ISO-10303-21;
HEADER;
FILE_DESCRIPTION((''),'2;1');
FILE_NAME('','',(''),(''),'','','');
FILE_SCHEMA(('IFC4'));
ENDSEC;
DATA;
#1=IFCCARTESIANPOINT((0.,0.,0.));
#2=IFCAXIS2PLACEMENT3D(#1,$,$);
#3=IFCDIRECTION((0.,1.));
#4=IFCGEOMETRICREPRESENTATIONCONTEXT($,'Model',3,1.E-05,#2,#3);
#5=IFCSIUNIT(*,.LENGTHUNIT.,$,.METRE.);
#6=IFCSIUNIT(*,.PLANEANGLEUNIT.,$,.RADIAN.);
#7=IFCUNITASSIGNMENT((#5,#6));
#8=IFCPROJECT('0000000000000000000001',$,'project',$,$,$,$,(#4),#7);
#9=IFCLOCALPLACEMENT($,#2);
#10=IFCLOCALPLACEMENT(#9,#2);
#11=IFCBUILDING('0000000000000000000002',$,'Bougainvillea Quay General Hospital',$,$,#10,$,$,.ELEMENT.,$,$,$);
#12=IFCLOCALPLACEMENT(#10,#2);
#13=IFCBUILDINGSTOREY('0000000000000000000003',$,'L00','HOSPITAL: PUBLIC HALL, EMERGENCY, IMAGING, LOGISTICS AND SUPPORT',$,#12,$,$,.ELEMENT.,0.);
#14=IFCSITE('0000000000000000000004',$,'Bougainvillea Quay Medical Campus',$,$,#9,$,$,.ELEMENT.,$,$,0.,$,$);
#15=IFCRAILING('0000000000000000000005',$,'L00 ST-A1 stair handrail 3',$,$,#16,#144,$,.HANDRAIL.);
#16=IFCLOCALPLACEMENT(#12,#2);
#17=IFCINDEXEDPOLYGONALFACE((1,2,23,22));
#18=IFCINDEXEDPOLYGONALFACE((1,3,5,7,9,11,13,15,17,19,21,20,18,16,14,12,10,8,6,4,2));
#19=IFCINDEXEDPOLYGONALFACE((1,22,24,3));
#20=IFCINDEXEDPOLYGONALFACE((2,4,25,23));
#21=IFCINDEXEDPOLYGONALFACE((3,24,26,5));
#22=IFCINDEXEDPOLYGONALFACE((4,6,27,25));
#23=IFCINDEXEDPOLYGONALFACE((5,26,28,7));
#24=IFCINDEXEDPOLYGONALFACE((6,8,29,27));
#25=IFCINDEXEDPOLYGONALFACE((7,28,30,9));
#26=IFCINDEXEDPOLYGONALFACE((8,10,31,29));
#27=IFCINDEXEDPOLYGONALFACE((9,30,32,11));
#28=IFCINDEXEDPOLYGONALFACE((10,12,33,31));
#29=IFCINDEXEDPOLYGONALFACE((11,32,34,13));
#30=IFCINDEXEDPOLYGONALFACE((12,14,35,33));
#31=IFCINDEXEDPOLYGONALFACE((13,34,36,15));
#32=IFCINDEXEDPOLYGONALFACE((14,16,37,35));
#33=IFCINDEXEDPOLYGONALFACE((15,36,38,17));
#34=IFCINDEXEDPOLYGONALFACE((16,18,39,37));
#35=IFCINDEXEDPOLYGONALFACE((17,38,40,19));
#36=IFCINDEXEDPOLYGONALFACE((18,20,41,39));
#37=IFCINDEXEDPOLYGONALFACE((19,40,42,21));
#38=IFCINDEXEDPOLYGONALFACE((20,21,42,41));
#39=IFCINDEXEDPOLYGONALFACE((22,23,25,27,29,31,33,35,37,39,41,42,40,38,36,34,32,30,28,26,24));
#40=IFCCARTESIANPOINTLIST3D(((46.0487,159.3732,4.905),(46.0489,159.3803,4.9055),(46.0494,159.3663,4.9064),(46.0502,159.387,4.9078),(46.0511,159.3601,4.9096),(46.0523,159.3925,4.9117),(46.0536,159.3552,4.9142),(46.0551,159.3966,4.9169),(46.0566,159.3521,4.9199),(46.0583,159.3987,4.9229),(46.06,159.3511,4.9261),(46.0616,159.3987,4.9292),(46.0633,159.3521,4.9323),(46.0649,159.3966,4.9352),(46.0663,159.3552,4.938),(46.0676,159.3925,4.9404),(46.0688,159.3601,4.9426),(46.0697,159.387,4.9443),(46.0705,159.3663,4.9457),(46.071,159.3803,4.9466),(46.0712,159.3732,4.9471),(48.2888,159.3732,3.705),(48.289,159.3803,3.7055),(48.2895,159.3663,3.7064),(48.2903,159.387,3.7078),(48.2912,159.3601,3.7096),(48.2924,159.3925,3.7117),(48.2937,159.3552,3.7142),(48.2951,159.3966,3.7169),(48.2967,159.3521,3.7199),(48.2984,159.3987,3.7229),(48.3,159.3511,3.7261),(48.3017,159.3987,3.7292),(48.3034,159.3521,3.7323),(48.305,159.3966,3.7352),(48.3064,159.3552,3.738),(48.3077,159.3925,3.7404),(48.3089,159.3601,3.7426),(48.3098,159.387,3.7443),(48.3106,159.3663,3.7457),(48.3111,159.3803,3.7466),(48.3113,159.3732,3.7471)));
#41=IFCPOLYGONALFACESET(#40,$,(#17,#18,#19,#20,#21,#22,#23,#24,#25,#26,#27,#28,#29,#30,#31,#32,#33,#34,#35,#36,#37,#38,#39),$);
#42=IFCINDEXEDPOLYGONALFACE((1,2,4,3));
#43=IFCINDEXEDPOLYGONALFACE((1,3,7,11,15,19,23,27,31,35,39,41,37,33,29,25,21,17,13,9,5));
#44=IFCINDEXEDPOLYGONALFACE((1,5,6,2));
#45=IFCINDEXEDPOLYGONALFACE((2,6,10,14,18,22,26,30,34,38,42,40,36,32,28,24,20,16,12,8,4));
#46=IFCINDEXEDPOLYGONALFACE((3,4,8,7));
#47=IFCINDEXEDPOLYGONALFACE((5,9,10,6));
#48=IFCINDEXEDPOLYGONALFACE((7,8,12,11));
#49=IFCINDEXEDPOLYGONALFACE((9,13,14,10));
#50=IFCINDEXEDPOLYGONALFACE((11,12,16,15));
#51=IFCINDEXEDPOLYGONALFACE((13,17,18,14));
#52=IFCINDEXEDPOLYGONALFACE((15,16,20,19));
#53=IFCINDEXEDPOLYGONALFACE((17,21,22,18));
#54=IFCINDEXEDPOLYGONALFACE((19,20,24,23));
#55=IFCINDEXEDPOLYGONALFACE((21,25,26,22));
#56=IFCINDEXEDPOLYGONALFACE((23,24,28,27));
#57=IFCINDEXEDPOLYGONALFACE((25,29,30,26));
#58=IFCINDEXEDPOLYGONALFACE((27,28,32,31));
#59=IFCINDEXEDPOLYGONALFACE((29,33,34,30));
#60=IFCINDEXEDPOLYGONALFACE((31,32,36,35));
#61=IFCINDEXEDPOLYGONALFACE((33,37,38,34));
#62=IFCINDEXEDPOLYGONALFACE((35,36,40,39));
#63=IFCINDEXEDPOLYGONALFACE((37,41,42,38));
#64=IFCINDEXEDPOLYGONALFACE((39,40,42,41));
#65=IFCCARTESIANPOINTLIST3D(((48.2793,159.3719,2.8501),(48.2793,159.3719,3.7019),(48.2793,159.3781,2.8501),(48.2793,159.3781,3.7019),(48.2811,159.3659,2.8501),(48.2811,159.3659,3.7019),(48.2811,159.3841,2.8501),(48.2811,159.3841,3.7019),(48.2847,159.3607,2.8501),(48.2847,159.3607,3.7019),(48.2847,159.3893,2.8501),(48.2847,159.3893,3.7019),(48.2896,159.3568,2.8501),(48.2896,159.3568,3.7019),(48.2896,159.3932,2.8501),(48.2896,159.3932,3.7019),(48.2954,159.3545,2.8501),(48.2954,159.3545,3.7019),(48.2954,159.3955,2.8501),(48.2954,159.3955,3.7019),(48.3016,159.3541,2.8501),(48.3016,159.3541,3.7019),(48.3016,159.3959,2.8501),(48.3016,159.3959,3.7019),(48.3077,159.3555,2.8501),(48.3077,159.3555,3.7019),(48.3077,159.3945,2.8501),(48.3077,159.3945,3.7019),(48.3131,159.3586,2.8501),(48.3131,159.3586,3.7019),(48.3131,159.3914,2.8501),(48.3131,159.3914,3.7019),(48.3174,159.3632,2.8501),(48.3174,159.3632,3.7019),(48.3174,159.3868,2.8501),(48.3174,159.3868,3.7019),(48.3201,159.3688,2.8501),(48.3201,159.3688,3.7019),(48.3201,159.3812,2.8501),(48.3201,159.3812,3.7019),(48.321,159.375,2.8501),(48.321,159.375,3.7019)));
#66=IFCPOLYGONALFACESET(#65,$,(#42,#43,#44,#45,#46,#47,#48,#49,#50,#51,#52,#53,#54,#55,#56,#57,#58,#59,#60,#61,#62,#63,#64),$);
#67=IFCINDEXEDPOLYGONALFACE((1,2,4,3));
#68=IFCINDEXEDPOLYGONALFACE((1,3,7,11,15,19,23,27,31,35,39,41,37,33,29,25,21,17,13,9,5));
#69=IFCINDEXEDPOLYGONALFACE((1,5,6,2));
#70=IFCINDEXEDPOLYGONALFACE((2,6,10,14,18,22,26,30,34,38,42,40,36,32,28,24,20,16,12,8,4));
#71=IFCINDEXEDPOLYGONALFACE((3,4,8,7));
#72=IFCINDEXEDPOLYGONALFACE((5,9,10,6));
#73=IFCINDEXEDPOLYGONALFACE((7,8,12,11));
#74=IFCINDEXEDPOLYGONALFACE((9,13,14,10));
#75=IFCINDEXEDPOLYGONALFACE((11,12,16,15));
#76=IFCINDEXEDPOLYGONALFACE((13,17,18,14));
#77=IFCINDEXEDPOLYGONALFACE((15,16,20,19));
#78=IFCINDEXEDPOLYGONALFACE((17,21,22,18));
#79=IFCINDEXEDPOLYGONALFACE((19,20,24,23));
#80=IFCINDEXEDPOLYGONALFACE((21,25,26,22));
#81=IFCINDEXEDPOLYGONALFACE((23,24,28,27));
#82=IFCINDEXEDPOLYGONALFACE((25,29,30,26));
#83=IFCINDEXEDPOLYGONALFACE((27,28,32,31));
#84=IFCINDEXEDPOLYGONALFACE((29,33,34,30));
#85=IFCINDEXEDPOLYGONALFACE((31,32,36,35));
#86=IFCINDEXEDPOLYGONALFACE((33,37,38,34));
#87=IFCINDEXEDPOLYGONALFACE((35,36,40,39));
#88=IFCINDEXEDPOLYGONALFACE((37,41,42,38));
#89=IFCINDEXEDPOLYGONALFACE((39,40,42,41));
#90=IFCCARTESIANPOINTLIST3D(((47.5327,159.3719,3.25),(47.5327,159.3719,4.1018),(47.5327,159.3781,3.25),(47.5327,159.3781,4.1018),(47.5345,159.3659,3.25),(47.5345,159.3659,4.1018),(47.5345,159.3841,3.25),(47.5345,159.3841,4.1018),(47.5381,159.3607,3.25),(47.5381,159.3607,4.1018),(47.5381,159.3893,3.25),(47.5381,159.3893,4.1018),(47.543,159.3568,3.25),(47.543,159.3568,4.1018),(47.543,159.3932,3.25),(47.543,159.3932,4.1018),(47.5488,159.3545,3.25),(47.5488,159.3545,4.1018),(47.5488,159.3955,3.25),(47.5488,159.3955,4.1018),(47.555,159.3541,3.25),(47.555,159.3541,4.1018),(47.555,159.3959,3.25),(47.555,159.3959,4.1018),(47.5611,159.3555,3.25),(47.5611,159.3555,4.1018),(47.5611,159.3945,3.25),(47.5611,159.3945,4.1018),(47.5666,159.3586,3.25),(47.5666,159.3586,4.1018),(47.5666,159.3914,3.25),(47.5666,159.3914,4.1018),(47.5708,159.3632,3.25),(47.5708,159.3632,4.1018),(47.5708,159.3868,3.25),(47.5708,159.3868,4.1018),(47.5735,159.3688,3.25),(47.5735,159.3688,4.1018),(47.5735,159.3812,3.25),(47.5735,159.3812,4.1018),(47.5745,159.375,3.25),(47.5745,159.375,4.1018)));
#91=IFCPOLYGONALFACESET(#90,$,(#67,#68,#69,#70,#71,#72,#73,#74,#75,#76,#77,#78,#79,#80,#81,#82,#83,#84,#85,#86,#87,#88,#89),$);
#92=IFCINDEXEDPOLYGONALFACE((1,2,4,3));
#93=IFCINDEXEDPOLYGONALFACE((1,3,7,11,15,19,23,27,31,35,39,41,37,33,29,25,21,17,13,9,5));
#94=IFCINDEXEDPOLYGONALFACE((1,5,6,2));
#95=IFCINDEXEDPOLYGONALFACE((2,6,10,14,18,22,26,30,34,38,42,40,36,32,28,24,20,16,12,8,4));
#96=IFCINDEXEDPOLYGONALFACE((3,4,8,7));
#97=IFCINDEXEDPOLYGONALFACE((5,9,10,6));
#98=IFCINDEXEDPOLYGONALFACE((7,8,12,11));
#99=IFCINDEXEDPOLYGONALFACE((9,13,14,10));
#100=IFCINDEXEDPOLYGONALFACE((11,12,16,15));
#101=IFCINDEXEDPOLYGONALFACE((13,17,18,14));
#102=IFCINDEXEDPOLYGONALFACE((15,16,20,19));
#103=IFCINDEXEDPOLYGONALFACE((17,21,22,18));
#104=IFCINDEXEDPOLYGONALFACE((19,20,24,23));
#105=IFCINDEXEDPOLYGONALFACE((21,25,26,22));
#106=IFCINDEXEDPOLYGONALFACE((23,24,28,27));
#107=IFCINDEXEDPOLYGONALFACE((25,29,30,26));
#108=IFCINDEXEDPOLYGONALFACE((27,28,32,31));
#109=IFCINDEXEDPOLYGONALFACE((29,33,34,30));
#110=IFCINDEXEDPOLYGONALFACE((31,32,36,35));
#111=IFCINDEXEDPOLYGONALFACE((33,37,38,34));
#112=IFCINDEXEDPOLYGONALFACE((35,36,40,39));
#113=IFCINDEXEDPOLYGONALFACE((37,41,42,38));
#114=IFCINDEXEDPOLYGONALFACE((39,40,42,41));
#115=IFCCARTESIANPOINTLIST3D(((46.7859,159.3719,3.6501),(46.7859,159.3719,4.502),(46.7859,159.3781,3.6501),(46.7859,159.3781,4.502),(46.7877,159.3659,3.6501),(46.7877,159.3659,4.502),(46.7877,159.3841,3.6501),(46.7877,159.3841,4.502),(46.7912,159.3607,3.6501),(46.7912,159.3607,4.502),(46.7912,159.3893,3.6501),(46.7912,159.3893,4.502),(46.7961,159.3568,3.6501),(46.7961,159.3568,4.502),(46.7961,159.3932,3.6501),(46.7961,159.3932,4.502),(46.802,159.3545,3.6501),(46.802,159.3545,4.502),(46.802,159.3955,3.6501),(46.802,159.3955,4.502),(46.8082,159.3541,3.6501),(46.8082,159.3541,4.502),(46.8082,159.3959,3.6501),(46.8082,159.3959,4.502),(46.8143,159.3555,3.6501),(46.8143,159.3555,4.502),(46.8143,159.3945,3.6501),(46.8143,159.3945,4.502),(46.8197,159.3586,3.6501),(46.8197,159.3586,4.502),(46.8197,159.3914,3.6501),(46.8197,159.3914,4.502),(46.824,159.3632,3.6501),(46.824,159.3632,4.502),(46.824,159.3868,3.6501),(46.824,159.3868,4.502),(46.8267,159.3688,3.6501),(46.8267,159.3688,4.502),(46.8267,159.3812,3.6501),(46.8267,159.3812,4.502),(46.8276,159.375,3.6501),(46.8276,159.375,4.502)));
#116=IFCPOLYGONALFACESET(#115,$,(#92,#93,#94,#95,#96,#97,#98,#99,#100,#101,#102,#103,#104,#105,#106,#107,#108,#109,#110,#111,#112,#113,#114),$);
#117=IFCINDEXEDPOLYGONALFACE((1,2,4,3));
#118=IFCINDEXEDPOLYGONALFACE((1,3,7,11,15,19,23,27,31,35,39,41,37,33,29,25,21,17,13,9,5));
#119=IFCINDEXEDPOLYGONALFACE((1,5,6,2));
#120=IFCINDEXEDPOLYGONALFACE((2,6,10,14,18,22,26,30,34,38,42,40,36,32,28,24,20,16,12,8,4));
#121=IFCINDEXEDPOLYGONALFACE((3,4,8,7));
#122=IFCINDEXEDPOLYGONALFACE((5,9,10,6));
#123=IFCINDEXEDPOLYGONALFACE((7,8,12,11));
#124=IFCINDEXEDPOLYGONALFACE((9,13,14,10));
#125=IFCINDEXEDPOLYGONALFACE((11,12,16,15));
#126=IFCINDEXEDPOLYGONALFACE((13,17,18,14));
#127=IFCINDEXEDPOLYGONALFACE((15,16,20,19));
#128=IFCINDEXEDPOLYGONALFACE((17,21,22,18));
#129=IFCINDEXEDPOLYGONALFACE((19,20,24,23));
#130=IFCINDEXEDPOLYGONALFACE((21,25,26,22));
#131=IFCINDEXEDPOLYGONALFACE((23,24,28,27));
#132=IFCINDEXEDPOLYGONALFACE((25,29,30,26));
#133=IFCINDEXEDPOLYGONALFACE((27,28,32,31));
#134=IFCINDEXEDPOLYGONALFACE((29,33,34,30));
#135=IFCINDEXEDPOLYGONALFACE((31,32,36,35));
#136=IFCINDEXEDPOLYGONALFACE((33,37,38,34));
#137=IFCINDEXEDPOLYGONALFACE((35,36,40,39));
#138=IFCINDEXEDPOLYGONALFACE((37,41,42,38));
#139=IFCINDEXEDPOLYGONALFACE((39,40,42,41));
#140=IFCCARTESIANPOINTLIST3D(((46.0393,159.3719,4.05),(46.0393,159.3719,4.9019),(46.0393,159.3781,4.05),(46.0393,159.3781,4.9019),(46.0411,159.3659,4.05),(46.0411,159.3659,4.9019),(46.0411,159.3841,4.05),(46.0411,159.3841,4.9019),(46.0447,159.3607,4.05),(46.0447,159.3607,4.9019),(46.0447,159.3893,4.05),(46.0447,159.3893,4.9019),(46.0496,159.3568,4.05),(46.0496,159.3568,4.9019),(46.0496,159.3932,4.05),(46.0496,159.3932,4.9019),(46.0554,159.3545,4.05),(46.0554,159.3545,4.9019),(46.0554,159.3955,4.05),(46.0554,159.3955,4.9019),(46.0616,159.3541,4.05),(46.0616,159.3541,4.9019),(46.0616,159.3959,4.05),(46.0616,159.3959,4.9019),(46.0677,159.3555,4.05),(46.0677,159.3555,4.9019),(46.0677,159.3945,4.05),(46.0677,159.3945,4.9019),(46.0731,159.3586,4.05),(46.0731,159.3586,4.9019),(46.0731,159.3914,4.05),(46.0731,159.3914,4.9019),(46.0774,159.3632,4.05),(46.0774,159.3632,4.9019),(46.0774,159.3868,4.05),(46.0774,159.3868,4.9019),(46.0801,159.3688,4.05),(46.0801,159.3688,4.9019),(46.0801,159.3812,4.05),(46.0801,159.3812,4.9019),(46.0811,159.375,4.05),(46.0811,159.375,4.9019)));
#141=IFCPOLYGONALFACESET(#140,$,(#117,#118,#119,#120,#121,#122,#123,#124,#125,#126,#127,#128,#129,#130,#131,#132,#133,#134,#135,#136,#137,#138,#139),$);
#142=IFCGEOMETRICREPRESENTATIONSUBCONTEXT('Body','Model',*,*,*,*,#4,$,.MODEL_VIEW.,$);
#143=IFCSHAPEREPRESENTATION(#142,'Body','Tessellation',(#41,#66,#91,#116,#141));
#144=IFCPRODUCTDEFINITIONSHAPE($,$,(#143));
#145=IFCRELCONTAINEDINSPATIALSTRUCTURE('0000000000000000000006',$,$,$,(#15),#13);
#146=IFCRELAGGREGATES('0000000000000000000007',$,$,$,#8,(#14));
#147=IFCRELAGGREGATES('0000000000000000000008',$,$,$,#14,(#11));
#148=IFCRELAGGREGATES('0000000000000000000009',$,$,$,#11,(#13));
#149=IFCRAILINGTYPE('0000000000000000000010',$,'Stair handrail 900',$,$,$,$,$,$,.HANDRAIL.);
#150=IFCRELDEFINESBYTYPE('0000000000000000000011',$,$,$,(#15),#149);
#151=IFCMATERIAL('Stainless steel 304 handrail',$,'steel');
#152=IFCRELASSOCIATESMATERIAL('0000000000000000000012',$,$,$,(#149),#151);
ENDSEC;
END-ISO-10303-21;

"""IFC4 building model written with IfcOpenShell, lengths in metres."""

from ifc_helpers import new_model, si_unit, direction, frame, origin, origin_2d, place, context, subcontext, project, spatial, circle, extrude, material, type_object, element, save


model = new_model("IFC4")

# Units and contexts
model_context = context("Model", 3, precision=1e-05, world=origin(), true_north=direction((0.0, 1.0)))
body_context = subcontext(model_context, "Body", "Model", "MODEL_VIEW")
ifc_project = project(units=[si_unit("LENGTHUNIT", "METRE"), si_unit("PLANEANGLEUNIT", "RADIAN")], contexts=[model_context])

# Site, building, storey
site_placement = place(None, origin())
site = spatial("IfcSite", under=ifc_project, at=site_placement, Name="Bougainvillea Quay Medical Campus", CompositionType="ELEMENT", RefElevation=0.0)
building_placement = place(site_placement, origin())
building = spatial("IfcBuilding", under=site, at=building_placement, Name="Bougainvillea Quay General Hospital", CompositionType="ELEMENT")
storey_placement = place(building_placement, origin())
storey = spatial("IfcBuildingStorey", under=building, at=storey_placement, Name="L00", Description="HOSPITAL: PUBLIC HALL, EMERGENCY, IMAGING, LOGISTICS AND SUPPORT", CompositionType="ELEMENT", Elevation=0.0)

# Railing
ifc_material_1 = material(Name="Stainless steel 304 handrail", Category="steel")
railing_type_1 = type_object("IfcRailingType", Name="Stair handrail 900", PredefinedType="HANDRAIL", material=ifc_material_1)
railing_1_placement = place(storey_placement, frame((48.3, 159.375, 2.8501)))
element("IfcRailing", 1, at=railing_1_placement, inside=storey, type_object=railing_type_1, Name="L00 ST-A1 stair handrail 3", PredefinedType="HANDRAIL", context=body_context, shape_type="SweptSolid", body=[
    extrude(circle(Radius=0.0239, at=origin_2d()), frame((0.0, 0.0, 0.876), z_axis=(-0.881487, 0.0, 0.472208), x_axis=(0.0, -1.0, 0.0)), (0.0, 0.0, 1.0), 2.5413),
    extrude(circle(Radius=0.021, at=origin_2d()), origin(), (0.0, 0.0, 1.0), 0.8518),
    extrude(circle(Radius=0.021, at=origin_2d()), frame((-0.7466, 0.0, 0.3999)), (0.0, 0.0, 1.0), 0.8518),
    extrude(circle(Radius=0.021, at=origin_2d()), frame((-1.4934, 0.0, 0.8)), (0.0, 0.0, 1.0), 0.8518),
    extrude(circle(Radius=0.021, at=origin_2d()), frame((-2.24, 0.0, 1.2)), (0.0, 0.0, 1.0), 0.8518),
])

save(model, "model.ifc")
